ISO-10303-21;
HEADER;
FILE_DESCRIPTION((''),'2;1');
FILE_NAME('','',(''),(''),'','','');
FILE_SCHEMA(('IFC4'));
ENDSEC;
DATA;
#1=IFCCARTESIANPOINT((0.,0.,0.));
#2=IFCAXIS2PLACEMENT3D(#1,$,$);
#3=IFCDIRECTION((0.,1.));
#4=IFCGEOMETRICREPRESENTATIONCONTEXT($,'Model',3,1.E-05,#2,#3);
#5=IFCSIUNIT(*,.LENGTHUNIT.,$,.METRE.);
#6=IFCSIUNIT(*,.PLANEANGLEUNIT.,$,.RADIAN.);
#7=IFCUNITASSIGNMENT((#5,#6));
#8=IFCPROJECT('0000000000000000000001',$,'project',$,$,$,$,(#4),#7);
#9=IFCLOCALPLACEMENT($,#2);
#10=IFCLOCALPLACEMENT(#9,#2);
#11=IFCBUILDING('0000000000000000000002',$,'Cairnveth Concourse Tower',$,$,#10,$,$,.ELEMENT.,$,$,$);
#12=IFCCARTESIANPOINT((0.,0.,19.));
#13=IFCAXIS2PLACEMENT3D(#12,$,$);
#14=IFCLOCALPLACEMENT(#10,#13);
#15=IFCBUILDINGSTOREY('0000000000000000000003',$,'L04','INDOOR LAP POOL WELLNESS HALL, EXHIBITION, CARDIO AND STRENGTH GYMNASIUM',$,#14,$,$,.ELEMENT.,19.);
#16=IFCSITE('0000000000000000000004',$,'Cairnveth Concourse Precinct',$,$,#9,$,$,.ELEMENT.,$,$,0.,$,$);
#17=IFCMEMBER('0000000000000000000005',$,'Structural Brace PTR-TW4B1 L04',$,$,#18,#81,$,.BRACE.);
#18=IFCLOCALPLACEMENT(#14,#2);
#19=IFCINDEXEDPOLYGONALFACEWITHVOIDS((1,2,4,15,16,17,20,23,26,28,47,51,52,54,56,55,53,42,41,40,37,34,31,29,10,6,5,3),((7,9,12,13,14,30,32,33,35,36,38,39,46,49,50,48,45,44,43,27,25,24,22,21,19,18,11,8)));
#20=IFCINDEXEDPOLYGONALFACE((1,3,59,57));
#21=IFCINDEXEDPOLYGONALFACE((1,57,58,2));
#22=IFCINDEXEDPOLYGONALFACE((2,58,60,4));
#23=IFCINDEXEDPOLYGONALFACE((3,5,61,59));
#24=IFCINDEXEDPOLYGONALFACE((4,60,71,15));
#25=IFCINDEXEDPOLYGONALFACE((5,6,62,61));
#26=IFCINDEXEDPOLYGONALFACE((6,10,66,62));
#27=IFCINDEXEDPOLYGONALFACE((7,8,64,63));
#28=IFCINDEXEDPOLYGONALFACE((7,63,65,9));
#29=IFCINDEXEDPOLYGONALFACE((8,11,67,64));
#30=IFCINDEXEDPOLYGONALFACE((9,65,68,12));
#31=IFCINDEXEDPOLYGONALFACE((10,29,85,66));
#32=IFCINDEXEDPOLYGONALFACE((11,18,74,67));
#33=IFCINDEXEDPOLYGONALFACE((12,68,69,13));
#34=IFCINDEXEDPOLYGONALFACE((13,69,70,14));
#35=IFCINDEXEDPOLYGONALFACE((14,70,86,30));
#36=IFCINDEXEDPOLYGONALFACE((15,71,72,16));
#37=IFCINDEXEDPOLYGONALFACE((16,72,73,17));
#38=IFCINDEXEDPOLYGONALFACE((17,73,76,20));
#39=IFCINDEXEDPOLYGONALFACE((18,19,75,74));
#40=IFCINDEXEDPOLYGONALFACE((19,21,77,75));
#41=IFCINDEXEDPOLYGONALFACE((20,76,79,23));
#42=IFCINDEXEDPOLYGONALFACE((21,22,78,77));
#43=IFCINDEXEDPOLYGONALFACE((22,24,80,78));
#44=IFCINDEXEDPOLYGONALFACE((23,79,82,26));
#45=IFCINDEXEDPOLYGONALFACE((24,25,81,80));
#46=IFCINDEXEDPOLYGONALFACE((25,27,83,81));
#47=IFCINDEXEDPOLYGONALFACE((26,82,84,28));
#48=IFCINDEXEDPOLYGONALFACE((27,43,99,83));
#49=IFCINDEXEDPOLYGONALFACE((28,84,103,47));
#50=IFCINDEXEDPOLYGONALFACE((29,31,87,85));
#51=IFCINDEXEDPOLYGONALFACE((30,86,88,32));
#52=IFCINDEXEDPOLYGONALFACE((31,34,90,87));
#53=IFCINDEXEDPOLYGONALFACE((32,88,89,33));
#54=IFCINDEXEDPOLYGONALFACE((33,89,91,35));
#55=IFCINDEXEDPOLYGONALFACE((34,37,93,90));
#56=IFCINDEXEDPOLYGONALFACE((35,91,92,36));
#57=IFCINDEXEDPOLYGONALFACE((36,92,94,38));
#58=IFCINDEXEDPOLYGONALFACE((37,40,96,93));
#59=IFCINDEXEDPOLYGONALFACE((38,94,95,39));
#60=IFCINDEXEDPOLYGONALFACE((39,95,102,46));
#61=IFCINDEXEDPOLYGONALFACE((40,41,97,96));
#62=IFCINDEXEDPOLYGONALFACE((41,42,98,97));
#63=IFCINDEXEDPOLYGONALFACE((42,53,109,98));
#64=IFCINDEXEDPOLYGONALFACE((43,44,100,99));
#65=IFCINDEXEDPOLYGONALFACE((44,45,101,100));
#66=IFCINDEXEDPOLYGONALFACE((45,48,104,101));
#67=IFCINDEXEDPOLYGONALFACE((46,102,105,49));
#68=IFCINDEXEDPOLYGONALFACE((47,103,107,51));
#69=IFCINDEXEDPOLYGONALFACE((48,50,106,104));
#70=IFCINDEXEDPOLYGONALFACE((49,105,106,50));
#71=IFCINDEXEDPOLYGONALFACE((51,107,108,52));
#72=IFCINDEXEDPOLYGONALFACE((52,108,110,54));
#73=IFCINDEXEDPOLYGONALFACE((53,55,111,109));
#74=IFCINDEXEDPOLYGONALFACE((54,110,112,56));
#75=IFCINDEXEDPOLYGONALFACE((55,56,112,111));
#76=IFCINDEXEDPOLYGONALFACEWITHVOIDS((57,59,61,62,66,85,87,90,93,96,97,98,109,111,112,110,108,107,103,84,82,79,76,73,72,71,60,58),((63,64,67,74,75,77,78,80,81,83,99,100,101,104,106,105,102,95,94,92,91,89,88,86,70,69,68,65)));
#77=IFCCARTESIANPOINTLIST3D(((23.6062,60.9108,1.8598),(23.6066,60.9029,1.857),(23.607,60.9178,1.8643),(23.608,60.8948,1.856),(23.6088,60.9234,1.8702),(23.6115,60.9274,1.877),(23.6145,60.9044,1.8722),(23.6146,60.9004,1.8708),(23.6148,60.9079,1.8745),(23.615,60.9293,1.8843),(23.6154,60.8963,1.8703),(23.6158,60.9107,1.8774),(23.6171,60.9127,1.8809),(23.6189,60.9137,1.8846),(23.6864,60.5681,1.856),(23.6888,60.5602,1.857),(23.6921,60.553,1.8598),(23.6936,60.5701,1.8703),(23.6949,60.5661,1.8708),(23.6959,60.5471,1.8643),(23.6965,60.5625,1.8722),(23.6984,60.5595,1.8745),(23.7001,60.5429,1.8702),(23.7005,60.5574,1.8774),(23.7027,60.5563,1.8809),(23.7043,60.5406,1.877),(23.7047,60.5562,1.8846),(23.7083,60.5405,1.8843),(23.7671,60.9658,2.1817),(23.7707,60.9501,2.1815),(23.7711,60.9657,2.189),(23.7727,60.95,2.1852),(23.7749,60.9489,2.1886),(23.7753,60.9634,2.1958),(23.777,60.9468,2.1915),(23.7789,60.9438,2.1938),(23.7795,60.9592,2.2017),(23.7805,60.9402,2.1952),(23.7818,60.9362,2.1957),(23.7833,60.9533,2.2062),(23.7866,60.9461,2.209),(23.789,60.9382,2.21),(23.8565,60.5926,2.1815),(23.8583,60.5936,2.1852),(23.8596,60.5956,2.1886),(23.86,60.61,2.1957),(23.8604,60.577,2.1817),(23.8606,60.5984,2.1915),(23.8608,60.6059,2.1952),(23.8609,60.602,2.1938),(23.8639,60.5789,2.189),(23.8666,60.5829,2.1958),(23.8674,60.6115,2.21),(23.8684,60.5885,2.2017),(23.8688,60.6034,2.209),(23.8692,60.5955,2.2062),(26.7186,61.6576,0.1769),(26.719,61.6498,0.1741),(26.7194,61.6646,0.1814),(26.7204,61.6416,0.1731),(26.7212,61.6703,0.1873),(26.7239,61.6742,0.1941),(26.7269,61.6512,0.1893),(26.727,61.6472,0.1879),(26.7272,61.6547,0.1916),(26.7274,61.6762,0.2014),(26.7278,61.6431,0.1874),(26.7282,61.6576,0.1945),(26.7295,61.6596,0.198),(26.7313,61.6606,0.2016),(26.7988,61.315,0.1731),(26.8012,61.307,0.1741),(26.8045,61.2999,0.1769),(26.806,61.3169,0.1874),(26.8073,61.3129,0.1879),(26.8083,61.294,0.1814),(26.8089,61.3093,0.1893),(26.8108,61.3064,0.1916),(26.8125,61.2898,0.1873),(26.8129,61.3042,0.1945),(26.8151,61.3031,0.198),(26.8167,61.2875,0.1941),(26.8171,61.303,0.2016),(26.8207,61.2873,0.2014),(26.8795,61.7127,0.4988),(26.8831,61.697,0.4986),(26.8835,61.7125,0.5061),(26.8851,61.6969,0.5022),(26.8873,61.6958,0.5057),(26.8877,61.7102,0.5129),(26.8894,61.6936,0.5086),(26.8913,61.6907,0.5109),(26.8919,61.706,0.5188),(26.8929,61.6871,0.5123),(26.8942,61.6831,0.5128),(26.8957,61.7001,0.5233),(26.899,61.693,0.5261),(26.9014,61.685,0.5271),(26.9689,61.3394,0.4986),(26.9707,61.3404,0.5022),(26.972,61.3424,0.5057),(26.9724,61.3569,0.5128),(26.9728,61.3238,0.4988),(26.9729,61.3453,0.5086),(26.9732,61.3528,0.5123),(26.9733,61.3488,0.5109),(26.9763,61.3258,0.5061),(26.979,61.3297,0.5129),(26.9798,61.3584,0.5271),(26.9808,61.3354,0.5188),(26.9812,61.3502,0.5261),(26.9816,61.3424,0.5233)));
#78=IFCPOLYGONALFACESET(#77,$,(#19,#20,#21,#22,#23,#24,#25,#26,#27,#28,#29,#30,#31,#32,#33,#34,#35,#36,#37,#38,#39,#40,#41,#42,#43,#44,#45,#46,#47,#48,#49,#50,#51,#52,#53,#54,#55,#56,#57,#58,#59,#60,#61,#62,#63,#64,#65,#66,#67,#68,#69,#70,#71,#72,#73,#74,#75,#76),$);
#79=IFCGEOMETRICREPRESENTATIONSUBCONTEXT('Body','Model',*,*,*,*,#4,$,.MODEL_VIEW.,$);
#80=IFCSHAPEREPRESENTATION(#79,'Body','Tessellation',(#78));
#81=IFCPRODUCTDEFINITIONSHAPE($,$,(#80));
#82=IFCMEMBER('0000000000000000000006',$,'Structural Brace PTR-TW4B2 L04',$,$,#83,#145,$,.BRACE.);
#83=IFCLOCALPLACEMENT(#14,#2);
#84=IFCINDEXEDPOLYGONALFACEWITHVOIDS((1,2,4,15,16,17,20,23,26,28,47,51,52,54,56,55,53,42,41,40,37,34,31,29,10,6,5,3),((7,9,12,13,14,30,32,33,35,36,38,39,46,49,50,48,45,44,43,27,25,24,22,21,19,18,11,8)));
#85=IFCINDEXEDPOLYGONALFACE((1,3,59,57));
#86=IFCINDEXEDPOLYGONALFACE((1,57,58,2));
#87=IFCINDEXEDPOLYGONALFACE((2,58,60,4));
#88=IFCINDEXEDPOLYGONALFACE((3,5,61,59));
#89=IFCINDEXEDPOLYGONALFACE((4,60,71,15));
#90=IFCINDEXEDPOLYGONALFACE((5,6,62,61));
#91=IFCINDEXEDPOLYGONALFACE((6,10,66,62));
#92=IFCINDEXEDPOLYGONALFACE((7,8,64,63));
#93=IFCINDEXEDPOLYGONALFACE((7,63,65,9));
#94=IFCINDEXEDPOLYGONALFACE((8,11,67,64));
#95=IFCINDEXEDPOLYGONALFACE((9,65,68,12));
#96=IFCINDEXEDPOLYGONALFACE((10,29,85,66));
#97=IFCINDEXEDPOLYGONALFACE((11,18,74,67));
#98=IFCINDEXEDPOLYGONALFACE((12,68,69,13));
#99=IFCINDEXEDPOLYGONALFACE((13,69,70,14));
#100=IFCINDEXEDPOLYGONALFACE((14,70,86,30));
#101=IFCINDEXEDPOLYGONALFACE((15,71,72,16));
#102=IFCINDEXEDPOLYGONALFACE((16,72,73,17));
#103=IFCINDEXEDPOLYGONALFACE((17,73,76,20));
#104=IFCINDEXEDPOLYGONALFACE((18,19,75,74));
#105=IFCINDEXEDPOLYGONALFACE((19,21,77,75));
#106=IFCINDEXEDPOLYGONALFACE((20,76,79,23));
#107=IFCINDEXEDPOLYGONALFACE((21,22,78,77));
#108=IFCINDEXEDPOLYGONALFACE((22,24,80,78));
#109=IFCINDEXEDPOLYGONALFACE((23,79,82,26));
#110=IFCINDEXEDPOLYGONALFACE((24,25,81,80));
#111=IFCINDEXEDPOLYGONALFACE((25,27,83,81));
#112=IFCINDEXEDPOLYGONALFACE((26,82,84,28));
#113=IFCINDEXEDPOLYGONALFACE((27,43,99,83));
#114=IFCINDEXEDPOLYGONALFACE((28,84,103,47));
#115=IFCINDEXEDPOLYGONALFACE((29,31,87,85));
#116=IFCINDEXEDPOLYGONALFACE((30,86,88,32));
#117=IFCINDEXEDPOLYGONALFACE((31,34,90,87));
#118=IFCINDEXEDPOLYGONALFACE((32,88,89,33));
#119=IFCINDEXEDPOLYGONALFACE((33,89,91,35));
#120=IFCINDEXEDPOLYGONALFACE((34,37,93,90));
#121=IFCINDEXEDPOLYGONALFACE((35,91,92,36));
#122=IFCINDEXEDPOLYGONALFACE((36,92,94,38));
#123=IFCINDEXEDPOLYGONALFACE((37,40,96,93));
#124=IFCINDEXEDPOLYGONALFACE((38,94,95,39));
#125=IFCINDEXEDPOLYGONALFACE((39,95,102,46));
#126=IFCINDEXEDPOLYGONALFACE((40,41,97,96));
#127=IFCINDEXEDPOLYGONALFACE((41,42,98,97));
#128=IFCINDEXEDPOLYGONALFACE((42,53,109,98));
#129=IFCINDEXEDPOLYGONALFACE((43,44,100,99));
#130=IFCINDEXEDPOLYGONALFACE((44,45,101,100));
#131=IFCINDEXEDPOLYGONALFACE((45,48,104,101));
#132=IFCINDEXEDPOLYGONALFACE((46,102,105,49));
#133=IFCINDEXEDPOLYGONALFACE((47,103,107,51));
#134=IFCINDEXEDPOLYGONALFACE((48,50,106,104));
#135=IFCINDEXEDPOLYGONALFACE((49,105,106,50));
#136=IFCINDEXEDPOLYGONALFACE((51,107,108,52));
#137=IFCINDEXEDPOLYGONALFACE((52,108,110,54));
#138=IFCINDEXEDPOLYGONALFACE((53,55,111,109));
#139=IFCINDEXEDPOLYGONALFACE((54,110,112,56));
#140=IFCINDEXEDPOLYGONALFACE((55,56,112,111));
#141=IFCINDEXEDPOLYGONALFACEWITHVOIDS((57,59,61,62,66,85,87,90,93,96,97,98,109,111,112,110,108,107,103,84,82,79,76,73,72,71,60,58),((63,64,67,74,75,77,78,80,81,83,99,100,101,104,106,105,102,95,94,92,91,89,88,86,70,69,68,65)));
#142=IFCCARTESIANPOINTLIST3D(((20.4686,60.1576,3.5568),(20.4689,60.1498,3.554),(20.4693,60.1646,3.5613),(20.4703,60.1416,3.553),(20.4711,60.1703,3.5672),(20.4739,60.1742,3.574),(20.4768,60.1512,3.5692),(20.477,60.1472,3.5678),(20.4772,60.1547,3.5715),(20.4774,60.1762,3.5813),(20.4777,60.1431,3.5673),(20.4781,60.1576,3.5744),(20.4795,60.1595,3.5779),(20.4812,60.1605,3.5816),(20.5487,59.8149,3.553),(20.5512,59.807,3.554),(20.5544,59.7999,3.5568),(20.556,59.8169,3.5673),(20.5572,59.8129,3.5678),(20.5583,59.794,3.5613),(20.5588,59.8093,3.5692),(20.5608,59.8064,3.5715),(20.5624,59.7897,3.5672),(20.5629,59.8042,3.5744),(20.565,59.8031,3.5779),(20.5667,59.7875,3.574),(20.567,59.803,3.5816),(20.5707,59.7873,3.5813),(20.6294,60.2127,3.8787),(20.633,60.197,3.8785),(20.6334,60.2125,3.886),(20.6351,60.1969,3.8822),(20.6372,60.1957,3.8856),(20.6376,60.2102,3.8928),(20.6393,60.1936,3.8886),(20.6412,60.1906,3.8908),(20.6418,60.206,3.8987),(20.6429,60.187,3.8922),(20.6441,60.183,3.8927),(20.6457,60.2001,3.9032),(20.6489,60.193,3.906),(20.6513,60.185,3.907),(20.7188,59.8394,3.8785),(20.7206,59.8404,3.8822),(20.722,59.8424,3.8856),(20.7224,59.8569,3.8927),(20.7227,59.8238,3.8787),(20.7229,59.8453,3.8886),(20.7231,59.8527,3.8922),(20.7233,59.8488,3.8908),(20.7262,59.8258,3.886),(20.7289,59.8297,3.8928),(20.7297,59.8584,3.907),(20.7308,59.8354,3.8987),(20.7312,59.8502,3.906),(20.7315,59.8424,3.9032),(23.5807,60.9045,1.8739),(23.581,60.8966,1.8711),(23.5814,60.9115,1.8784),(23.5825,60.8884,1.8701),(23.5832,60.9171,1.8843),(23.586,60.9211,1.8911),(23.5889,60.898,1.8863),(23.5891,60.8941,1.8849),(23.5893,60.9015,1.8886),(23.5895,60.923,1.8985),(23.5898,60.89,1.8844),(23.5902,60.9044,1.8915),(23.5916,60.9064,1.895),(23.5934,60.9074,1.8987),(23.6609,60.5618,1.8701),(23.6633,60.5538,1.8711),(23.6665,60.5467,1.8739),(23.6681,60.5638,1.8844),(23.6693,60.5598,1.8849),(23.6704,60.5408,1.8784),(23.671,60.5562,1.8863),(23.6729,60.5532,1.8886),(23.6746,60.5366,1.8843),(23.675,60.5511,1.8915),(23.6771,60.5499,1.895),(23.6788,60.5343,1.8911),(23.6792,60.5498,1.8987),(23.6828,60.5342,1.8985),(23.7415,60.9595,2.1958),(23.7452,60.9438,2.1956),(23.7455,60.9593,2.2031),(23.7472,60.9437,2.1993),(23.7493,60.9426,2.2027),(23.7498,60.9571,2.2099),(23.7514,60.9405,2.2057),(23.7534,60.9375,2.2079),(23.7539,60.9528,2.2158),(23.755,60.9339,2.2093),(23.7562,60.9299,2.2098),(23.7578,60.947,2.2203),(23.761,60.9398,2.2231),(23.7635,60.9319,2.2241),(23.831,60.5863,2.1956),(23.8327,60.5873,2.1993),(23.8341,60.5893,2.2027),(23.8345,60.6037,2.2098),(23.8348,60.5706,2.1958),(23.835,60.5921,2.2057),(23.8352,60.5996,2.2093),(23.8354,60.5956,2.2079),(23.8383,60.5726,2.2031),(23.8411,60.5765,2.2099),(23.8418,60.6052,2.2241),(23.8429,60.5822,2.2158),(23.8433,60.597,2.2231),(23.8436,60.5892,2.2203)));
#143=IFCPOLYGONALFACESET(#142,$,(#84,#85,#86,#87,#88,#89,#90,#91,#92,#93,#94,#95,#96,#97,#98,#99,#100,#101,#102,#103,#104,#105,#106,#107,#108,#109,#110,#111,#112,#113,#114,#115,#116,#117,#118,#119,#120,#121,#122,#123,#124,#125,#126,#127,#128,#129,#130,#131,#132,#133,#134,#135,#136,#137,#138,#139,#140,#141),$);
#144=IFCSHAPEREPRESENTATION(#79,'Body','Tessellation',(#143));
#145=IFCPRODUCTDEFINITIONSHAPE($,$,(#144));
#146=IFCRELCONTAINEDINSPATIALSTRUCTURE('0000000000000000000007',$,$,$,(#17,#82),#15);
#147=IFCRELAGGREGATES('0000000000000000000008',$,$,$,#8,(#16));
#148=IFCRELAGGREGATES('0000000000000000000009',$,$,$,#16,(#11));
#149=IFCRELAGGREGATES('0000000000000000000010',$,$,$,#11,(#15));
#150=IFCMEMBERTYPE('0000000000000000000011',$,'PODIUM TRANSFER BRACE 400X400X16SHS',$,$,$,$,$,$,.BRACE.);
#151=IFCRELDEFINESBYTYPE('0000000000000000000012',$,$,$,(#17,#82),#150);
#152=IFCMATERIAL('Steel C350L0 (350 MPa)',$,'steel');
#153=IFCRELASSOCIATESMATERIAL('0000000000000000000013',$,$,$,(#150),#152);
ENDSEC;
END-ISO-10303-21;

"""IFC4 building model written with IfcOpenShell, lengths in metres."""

from ifc_helpers import new_model, si_unit, direction, frame, origin, origin_2d, place, context, subcontext, project, spatial, hollow_rectangle, extrude, material, material_profile, profile_set, type_object, element, save


model = new_model("IFC4")

# Units and contexts
model_context = context("Model", 3, precision=1e-05, world=origin(), true_north=direction((0.0, 1.0)))
body_context = subcontext(model_context, "Body", "Model", "MODEL_VIEW")
ifc_project = project(units=[si_unit("LENGTHUNIT", "METRE"), si_unit("PLANEANGLEUNIT", "RADIAN")], contexts=[model_context])

# Site, building, storey
site_placement = place(None, origin())
site = spatial("IfcSite", under=ifc_project, at=site_placement, Name="Cairnveth Concourse Precinct", CompositionType="ELEMENT", RefElevation=0.0)
building_placement = place(site_placement, origin())
building = spatial("IfcBuilding", under=site, at=building_placement, Name="Cairnveth Concourse Tower", CompositionType="ELEMENT")
storey_placement = place(building_placement, frame((0.0, 0.0, 19.0)))
storey = spatial("IfcBuildingStorey", under=building, at=storey_placement, Name="L04", Description="INDOOR LAP POOL WELLNESS HALL, EXHIBITION, CARDIO AND STRENGTH GYMNASIUM", CompositionType="ELEMENT", Elevation=19.0)

# Members
ifc_material_1 = material(Name="Steel C350L0 (350 MPa)", Category="steel")
ifc_material_profile_1 = material_profile(ifc_material_1, hollow_rectangle(XDim=0.3999, YDim=0.3999, WallThickness=0.0161, InnerFilletRadius=0.0161, OuterFilletRadius=0.032, at=origin_2d()), Name="400x400x16.0SHS")
ifc_profile_set_1 = profile_set([ifc_material_profile_1], Name="Steel C350L0 (350 MPa)")
member_type = type_object("IfcMemberType", Name="PODIUM TRANSFER BRACE 400X400X16SHS", PredefinedType="BRACE", material=ifc_profile_set_1)
member_1_placement = place(storey_placement, frame((26.8501, 61.5, 0.3501), z_axis=(-0.860679, -0.206528, 0.46538), x_axis=(0.233335, -0.972396, 0.0)))
element("IfcMember", 1, at=member_1_placement, inside=storey, type_object=member_type, Name="Structural Brace PTR-TW4B1 L04", PredefinedType="BRACE", context=body_context, shape_type="SweptSolid", body=[
    extrude(hollow_rectangle(XDim=0.3999, YDim=0.3999, WallThickness=0.0161, InnerFilletRadius=0.0161, OuterFilletRadius=0.032, at=origin_2d()), origin(), (0.0, 0.0, 1.0), 3.6162),
])
member_2_placement = place(storey_placement, frame((23.7122, 60.7468, 2.0471), z_axis=(-0.860661, -0.20654, 0.465407), x_axis=(0.233353, -0.972392, 0.0)))
element("IfcMember", 2, at=member_2_placement, inside=storey, type_object=member_type, Name="Structural Brace PTR-TW4B2 L04", PredefinedType="BRACE", context=body_context, shape_type="SweptSolid", body=[
    extrude(hollow_rectangle(XDim=0.3999, YDim=0.3999, WallThickness=0.0161, InnerFilletRadius=0.0161, OuterFilletRadius=0.032, at=origin_2d()), origin(), (0.0, 0.0, 1.0), 3.616),
])

save(model, "model.ifc")
